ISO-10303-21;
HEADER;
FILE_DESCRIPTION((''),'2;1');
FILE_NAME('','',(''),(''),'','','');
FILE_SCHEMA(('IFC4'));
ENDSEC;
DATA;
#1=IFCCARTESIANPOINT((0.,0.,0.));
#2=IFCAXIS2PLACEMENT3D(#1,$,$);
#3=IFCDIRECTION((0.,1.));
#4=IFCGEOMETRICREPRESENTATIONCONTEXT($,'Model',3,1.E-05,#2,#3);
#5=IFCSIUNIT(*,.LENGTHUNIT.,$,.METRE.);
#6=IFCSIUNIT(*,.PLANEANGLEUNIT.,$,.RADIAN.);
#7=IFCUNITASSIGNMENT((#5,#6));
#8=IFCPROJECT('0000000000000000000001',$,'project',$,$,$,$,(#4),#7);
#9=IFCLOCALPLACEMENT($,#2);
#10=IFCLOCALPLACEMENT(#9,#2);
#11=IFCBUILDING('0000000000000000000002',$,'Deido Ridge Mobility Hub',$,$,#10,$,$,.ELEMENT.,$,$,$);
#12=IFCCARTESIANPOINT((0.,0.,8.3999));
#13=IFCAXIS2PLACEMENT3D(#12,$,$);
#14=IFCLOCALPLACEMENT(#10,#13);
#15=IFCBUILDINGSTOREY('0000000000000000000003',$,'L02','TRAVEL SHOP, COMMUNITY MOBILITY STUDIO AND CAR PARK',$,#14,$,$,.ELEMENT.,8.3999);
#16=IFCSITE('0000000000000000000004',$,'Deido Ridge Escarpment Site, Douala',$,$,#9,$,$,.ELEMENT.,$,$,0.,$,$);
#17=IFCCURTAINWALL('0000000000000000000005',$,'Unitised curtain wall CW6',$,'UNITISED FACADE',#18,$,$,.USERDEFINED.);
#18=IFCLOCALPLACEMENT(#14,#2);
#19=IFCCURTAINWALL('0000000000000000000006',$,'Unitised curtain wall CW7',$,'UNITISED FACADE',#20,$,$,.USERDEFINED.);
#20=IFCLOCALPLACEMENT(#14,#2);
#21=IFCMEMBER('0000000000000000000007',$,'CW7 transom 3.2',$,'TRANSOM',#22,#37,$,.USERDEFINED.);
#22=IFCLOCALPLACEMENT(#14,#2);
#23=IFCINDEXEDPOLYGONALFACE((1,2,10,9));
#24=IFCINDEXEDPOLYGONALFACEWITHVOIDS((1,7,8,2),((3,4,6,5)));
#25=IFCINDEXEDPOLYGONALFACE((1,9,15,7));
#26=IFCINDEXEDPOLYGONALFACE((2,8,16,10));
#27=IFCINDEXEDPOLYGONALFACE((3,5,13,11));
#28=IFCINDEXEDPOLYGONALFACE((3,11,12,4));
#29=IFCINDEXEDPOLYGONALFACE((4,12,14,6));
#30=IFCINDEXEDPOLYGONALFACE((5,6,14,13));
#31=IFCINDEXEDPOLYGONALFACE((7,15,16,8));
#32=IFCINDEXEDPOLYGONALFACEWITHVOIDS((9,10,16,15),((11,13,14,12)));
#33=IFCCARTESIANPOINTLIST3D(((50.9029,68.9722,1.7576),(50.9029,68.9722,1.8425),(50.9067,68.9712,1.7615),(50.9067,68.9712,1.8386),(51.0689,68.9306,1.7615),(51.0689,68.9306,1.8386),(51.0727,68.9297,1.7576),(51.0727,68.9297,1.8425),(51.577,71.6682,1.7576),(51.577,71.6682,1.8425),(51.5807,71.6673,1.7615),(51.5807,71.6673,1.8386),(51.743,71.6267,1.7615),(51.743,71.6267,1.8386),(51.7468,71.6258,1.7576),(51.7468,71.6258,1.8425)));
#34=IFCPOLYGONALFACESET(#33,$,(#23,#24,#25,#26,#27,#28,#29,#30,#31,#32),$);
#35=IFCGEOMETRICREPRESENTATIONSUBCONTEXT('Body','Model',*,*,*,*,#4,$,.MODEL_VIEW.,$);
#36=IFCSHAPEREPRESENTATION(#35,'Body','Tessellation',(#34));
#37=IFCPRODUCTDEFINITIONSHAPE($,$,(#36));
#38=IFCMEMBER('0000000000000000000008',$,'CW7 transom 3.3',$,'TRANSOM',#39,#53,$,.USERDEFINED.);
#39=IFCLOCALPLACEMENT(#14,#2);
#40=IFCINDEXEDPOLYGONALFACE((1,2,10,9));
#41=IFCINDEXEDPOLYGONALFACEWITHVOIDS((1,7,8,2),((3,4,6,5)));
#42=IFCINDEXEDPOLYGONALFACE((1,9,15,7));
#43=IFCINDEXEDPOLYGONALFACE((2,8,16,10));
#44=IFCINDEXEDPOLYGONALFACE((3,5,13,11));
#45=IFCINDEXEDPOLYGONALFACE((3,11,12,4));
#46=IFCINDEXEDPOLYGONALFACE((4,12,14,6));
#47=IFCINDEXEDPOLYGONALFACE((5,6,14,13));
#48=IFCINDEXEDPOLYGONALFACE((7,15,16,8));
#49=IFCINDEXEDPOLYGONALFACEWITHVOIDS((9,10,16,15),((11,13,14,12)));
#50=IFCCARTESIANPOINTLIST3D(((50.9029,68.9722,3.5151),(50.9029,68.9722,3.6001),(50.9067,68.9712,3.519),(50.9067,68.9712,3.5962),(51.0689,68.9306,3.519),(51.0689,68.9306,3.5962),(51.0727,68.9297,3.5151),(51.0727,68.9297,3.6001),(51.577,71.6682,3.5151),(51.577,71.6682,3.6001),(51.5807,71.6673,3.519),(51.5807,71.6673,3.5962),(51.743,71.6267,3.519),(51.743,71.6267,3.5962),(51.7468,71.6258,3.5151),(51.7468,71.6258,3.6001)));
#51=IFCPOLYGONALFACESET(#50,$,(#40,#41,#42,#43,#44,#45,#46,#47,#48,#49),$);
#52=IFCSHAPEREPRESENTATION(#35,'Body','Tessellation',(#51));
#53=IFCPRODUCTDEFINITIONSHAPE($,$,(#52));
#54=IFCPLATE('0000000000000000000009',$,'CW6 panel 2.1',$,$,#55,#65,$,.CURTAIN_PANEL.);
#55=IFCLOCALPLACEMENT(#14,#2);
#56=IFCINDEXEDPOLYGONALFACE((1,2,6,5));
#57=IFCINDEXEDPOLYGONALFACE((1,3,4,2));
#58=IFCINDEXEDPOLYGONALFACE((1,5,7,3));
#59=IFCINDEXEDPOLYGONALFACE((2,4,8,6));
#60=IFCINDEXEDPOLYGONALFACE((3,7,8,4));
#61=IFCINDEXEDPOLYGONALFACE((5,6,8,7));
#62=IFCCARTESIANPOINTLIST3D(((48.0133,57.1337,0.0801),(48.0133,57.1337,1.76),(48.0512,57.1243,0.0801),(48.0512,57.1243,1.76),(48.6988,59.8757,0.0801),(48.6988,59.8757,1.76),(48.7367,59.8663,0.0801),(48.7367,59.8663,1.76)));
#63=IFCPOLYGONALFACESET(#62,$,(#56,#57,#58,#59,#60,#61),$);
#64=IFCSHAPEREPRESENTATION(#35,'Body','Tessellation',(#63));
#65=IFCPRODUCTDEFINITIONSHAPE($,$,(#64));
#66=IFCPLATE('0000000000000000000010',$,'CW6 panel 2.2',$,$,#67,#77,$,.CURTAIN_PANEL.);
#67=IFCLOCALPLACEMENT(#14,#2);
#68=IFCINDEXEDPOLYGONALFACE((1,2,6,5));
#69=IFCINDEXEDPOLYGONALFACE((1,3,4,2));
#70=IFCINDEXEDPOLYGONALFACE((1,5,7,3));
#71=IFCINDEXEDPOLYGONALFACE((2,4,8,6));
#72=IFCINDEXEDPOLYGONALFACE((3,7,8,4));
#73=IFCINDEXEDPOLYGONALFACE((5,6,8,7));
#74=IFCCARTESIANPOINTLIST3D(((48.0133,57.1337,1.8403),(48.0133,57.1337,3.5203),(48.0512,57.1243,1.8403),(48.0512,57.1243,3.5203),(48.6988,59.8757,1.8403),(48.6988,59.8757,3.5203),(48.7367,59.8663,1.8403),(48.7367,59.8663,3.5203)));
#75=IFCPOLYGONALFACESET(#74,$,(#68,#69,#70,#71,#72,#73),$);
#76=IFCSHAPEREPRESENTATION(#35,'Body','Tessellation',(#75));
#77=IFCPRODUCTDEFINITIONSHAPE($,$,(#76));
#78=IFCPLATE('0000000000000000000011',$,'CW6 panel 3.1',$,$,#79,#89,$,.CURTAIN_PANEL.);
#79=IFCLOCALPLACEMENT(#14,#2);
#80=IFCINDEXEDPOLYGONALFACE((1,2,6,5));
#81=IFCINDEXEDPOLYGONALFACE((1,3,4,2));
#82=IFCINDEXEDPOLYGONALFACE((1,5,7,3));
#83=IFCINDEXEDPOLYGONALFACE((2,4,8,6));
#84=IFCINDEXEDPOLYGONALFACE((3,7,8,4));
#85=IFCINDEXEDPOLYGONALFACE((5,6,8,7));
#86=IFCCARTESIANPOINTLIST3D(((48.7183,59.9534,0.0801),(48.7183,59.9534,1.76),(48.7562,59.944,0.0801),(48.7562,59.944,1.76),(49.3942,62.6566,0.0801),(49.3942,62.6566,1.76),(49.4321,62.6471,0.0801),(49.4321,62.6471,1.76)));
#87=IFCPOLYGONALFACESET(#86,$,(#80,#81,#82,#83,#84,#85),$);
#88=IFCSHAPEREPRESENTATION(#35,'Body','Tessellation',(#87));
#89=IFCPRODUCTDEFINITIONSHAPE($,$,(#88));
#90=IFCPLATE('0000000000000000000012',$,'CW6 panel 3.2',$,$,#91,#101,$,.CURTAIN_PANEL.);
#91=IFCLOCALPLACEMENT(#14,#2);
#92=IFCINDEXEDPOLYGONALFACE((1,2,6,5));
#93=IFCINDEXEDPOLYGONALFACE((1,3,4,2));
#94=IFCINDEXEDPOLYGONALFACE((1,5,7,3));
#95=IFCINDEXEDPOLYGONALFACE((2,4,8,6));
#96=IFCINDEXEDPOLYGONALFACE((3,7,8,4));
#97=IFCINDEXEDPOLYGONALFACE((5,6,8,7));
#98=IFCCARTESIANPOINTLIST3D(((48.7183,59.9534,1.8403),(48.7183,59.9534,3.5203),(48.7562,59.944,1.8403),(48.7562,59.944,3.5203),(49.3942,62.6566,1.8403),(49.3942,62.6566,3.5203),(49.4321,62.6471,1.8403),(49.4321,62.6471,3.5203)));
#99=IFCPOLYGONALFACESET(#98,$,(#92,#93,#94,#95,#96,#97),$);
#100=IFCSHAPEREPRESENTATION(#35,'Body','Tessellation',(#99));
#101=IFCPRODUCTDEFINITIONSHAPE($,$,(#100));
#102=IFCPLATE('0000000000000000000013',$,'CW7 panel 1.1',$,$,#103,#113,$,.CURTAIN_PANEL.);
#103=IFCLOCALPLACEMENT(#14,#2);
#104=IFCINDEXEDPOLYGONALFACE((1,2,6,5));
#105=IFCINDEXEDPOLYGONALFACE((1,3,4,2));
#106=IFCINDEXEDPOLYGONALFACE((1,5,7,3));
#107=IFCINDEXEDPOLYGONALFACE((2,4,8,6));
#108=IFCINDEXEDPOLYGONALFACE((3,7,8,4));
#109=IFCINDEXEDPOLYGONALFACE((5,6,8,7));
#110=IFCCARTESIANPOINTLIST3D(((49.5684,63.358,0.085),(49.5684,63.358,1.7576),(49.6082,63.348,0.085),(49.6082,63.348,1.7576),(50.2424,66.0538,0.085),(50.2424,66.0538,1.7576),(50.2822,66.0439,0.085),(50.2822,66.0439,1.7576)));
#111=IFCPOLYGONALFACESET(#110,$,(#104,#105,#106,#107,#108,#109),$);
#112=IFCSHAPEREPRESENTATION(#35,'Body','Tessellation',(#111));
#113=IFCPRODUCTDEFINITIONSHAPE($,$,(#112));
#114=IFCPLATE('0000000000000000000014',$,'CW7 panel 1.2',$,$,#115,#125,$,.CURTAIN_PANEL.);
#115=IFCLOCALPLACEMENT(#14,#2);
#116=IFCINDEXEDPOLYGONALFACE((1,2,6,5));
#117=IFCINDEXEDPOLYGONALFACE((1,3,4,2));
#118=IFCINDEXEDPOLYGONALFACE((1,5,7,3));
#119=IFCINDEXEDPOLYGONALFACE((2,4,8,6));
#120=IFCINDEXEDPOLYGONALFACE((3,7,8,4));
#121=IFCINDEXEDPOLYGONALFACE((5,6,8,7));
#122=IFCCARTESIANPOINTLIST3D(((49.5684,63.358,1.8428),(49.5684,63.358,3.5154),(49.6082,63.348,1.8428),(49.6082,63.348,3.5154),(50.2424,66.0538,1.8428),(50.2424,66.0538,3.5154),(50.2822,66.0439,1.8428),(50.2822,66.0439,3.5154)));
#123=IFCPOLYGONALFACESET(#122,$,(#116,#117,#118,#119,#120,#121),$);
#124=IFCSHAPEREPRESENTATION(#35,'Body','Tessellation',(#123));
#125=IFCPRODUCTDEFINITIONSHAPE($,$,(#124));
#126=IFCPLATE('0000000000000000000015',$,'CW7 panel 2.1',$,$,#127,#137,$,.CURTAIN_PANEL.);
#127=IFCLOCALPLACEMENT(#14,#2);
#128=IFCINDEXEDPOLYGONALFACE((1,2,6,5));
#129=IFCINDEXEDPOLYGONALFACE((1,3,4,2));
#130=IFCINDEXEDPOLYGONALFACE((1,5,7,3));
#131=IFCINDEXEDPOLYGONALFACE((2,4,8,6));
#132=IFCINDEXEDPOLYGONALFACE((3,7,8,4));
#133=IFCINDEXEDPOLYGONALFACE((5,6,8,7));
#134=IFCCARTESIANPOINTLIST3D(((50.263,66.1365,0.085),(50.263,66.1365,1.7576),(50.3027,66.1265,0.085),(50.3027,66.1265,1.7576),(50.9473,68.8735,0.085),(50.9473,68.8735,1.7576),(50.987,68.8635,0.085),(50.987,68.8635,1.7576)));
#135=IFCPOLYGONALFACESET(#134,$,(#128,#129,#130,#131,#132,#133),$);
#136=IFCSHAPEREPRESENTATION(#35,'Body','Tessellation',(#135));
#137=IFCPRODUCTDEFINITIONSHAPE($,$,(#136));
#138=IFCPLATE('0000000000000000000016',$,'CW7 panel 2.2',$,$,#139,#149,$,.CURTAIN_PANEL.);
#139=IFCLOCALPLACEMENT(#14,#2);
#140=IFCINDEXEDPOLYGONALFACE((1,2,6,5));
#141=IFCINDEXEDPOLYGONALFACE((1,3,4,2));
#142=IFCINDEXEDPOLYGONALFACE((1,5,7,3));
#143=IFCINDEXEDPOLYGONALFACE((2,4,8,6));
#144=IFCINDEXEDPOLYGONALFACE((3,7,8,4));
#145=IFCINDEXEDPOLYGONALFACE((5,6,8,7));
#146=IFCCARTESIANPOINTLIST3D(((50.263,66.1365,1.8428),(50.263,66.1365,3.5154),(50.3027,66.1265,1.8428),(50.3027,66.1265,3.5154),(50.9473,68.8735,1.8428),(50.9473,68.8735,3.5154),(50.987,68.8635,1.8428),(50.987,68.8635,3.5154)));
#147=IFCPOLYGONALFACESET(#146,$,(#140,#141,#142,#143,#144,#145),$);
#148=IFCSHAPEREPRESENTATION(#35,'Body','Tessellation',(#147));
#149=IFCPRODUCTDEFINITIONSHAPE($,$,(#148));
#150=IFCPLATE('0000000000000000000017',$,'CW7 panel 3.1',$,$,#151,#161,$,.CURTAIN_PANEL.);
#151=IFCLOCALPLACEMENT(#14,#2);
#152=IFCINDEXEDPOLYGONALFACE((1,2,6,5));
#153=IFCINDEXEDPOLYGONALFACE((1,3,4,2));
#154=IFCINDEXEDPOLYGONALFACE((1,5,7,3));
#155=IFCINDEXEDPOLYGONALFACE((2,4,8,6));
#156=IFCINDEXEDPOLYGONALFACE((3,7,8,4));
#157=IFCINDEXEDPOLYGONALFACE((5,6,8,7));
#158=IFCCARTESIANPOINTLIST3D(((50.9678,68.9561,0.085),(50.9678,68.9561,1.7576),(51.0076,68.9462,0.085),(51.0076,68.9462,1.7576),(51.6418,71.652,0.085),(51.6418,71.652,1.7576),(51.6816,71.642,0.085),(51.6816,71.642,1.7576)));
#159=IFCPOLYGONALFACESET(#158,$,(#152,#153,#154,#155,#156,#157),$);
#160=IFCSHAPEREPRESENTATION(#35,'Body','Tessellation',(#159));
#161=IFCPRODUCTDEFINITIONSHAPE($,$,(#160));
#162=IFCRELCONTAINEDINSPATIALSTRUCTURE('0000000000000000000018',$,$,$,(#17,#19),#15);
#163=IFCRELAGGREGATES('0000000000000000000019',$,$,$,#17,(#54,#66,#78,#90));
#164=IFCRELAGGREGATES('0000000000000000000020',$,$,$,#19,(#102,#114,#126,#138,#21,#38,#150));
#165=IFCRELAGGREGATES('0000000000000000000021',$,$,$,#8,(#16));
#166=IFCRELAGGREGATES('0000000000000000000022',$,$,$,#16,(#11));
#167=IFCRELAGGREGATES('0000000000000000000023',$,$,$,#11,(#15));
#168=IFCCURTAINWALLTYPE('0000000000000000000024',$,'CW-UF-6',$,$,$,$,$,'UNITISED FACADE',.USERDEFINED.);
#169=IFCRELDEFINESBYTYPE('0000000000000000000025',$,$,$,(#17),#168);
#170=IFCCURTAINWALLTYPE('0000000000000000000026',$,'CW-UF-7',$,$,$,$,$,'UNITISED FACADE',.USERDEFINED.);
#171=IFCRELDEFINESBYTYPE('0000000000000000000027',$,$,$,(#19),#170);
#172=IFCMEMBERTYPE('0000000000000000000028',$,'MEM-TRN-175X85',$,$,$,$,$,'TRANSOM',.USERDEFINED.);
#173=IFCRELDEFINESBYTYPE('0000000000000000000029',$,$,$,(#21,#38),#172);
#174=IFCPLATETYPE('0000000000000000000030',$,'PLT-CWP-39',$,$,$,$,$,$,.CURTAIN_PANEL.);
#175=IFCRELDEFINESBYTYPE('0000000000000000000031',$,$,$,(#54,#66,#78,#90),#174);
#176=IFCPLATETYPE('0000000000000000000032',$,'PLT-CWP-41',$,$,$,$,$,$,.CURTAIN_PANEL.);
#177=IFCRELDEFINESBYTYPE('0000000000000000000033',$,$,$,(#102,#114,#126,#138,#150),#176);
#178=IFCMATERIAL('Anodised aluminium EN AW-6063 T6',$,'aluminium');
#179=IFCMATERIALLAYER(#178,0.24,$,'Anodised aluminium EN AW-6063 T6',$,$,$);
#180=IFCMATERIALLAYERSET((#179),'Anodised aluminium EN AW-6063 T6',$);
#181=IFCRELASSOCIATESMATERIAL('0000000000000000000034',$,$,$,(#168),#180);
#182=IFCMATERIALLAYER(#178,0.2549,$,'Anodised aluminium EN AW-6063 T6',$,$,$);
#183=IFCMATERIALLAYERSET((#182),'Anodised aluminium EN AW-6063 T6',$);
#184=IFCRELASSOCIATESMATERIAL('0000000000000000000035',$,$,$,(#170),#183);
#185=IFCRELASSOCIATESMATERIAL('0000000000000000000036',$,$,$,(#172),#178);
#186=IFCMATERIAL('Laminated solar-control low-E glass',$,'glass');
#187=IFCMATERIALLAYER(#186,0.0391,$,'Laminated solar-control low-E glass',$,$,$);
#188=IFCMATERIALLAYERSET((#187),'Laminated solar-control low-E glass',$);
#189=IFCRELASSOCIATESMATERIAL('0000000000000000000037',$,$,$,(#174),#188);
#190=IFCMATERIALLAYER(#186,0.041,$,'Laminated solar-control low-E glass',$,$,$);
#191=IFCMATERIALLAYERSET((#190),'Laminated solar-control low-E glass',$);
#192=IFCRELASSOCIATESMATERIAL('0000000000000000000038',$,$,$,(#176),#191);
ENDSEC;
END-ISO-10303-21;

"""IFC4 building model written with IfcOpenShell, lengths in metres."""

from ifc_helpers import new_model, si_unit, direction, frame, origin, origin_2d, place, context, subcontext, project, spatial, rectangle, hollow_rectangle, extrude, material, layer, layer_set, material_profile, profile_set, type_object, element, aggregate, save


model = new_model("IFC4")

# Units and contexts
model_context = context("Model", 3, precision=1e-05, world=origin(), true_north=direction((0.0, 1.0)))
body_context = subcontext(model_context, "Body", "Model", "MODEL_VIEW")
ifc_project = project(units=[si_unit("LENGTHUNIT", "METRE"), si_unit("PLANEANGLEUNIT", "RADIAN")], contexts=[model_context])

# Site, building, storey
site_placement = place(None, origin())
site = spatial("IfcSite", under=ifc_project, at=site_placement, Name="Deido Ridge Escarpment Site, Douala", CompositionType="ELEMENT", RefElevation=0.0)
building_placement = place(site_placement, origin())
building = spatial("IfcBuilding", under=site, at=building_placement, Name="Deido Ridge Mobility Hub", CompositionType="ELEMENT")
storey_placement = place(building_placement, frame((0.0, 0.0, 8.3999)))
storey = spatial("IfcBuildingStorey", under=building, at=storey_placement, Name="L02", Description="TRAVEL SHOP, COMMUNITY MOBILITY STUDIO AND CAR PARK", CompositionType="ELEMENT", Elevation=8.3999)

# Curtain walls
ifc_material_1 = material(Name="Anodised aluminium EN AW-6063 T6", Category="aluminium")
ifc_layer_1 = layer(ifc_material_1, 0.24, Name="Anodised aluminium EN AW-6063 T6")
ifc_layer_set_1 = layer_set([ifc_layer_1], Name="Anodised aluminium EN AW-6063 T6")
curtain_wall_type_1 = type_object("IfcCurtainWallType", Name="CW-UF-6", ElementType="UNITISED FACADE", PredefinedType="USERDEFINED", material=ifc_layer_set_1)
curtain_wall_1_placement = place(storey_placement, origin())
curtain_wall_1 = element("IfcCurtainWall", 1, at=curtain_wall_1_placement, inside=storey, type_object=curtain_wall_type_1, Name="Unitised curtain wall CW6", ObjectType="UNITISED FACADE", PredefinedType="USERDEFINED")
ifc_layer_2 = layer(ifc_material_1, 0.2549, Name="Anodised aluminium EN AW-6063 T6")
ifc_layer_set_2 = layer_set([ifc_layer_2], Name="Anodised aluminium EN AW-6063 T6")
curtain_wall_type_2 = type_object("IfcCurtainWallType", Name="CW-UF-7", ElementType="UNITISED FACADE", PredefinedType="USERDEFINED", material=ifc_layer_set_2)
curtain_wall_2_placement = place(storey_placement, origin())
curtain_wall_2 = element("IfcCurtainWall", 2, at=curtain_wall_2_placement, inside=storey, type_object=curtain_wall_type_2, Name="Unitised curtain wall CW7", ObjectType="UNITISED FACADE", PredefinedType="USERDEFINED")

# Members
ifc_material_profile_1 = material_profile(ifc_material_1, hollow_rectangle(XDim=0.175, YDim=0.085, WallThickness=0.0039, at=origin_2d()), Name="RHS 175x85x4")
ifc_profile_set_1 = profile_set([ifc_material_profile_1], Name="Anodised aluminium EN AW-6063 T6")
member_type_1 = type_object("IfcMemberType", Name="MEM-TRN-175X85", ElementType="TRANSOM", PredefinedType="USERDEFINED", material=ifc_profile_set_1)
member_1_placement = place(storey_placement, frame((50.9878, 68.9509, 1.8), z_axis=(0.242556, 0.970137, 0.0), x_axis=(-0.970137, 0.242556, 0.0)))
member_1 = element("IfcMember", 3, at=member_1_placement, type_object=member_type_1, Name="CW7 transom 3.2", ObjectType="TRANSOM", PredefinedType="USERDEFINED", context=body_context, shape_type="SweptSolid", body=[
    extrude(hollow_rectangle(XDim=0.175, YDim=0.085, WallThickness=0.0039, at=origin_2d()), origin(), (0.0, 0.0, 1.0), 2.7791),
])
member_2_placement = place(storey_placement, frame((50.9878, 68.9509, 3.5576), z_axis=(0.242556, 0.970137, 0.0), x_axis=(-0.970137, 0.242556, 0.0)))
member_2 = element("IfcMember", 4, at=member_2_placement, type_object=member_type_1, Name="CW7 transom 3.3", ObjectType="TRANSOM", PredefinedType="USERDEFINED", context=body_context, shape_type="SweptSolid", body=[
    extrude(hollow_rectangle(XDim=0.175, YDim=0.085, WallThickness=0.0039, at=origin_2d()), origin(), (0.0, 0.0, 1.0), 2.7791),
])

# Plates
ifc_material_2 = material(Name="Laminated solar-control low-E glass", Category="glass")
ifc_layer_3 = layer(ifc_material_2, 0.0391, Name="Laminated solar-control low-E glass")
ifc_layer_set_3 = layer_set([ifc_layer_3], Name="Laminated solar-control low-E glass")
plate_type_1 = type_object("IfcPlateType", Name="PLT-CWP-39", PredefinedType="CURTAIN_PANEL", material=ifc_layer_set_3)
plate_1_placement = place(storey_placement, frame((48.375, 58.5, 0.0801), z_axis=(0.0, 0.0, 1.0), x_axis=(0.242546, 0.97014, 0.0)))
plate_1 = element("IfcPlate", 5, at=plate_1_placement, type_object=plate_type_1, Name="CW6 panel 2.1", PredefinedType="CURTAIN_PANEL", context=body_context, shape_type="SweptSolid", body=[
    extrude(rectangle(XDim=2.8264, YDim=0.0391, at=origin_2d()), origin(), (0.0, 0.0, 1.0), 1.6799),
])
plate_2_placement = place(storey_placement, frame((48.375, 58.5, 1.8403), z_axis=(0.0, 0.0, 1.0), x_axis=(0.242546, 0.97014, 0.0)))
plate_2 = element("IfcPlate", 6, at=plate_2_placement, type_object=plate_type_1, Name="CW6 panel 2.2", PredefinedType="CURTAIN_PANEL", context=body_context, shape_type="SweptSolid", body=[
    extrude(rectangle(XDim=2.8264, YDim=0.0391, at=origin_2d()), origin(), (0.0, 0.0, 1.0), 1.6799),
])
plate_3_placement = place(storey_placement, frame((49.0752, 61.3003, 0.0801), z_axis=(0.0, 0.0, 1.0), x_axis=(0.242546, 0.97014, 0.0)))
plate_3 = element("IfcPlate", 7, at=plate_3_placement, type_object=plate_type_1, Name="CW6 panel 3.1", PredefinedType="CURTAIN_PANEL", context=body_context, shape_type="SweptSolid", body=[
    extrude(rectangle(XDim=2.7864, YDim=0.0391, at=origin_2d()), origin(), (0.0, 0.0, 1.0), 1.6799),
])
plate_4_placement = place(storey_placement, frame((49.0752, 61.3003, 1.8403), z_axis=(0.0, 0.0, 1.0), x_axis=(0.242546, 0.97014, 0.0)))
plate_4 = element("IfcPlate", 8, at=plate_4_placement, type_object=plate_type_1, Name="CW6 panel 3.2", PredefinedType="CURTAIN_PANEL", context=body_context, shape_type="SweptSolid", body=[
    extrude(rectangle(XDim=2.7864, YDim=0.0391, at=origin_2d()), origin(), (0.0, 0.0, 1.0), 1.6799),
])
aggregate(curtain_wall_1, [plate_1, plate_2, plate_3, plate_4])
ifc_layer_4 = layer(ifc_material_2, 0.041, Name="Laminated solar-control low-E glass")
ifc_layer_set_4 = layer_set([ifc_layer_4], Name="Laminated solar-control low-E glass")
plate_type_2 = type_object("IfcPlateType", Name="PLT-CWP-41", PredefinedType="CURTAIN_PANEL", material=ifc_layer_set_4)
plate_5_placement = place(storey_placement, frame((49.9253, 64.7009, 0.085), z_axis=(0.0, 0.0, 1.0), x_axis=(0.242546, 0.97014, 0.0)))
plate_5 = element("IfcPlate", 9, at=plate_5_placement, type_object=plate_type_2, Name="CW7 panel 1.1", PredefinedType="CURTAIN_PANEL", context=body_context, shape_type="SweptSolid", body=[
    extrude(rectangle(XDim=2.7788, YDim=0.041, at=origin_2d()), origin(), (0.0, 0.0, 1.0), 1.6726),
])
plate_6_placement = place(storey_placement, frame((49.9253, 64.7009, 1.8428), z_axis=(0.0, 0.0, 1.0), x_axis=(0.242546, 0.97014, 0.0)))
plate_6 = element("IfcPlate", 10, at=plate_6_placement, type_object=plate_type_2, Name="CW7 panel 1.2", PredefinedType="CURTAIN_PANEL", context=body_context, shape_type="SweptSolid", body=[
    extrude(rectangle(XDim=2.7788, YDim=0.041, at=origin_2d()), origin(), (0.0, 0.0, 1.0), 1.6726),
])
plate_7_placement = place(storey_placement, frame((50.625, 67.5, 0.085), z_axis=(0.0, 0.0, 1.0), x_axis=(0.242546, 0.97014, 0.0)))
plate_7 = element("IfcPlate", 11, at=plate_7_placement, type_object=plate_type_2, Name="CW7 panel 2.1", PredefinedType="CURTAIN_PANEL", context=body_context, shape_type="SweptSolid", body=[
    extrude(rectangle(XDim=2.8213, YDim=0.041, at=origin_2d()), origin(), (0.0, 0.0, 1.0), 1.6726),
])
plate_8_placement = place(storey_placement, frame((50.625, 67.5, 1.8428), z_axis=(0.0, 0.0, 1.0), x_axis=(0.242546, 0.97014, 0.0)))
plate_8 = element("IfcPlate", 12, at=plate_8_placement, type_object=plate_type_2, Name="CW7 panel 2.2", PredefinedType="CURTAIN_PANEL", context=body_context, shape_type="SweptSolid", body=[
    extrude(rectangle(XDim=2.8213, YDim=0.041, at=origin_2d()), origin(), (0.0, 0.0, 1.0), 1.6726),
])
plate_9_placement = place(storey_placement, frame((51.3247, 70.2991, 0.085), z_axis=(0.0, 0.0, 1.0), x_axis=(0.242546, 0.97014, 0.0)))
plate_9 = element("IfcPlate", 13, at=plate_9_placement, type_object=plate_type_2, Name="CW7 panel 3.1", PredefinedType="CURTAIN_PANEL", context=body_context, shape_type="SweptSolid", body=[
    extrude(rectangle(XDim=2.7788, YDim=0.041, at=origin_2d()), origin(), (0.0, 0.0, 1.0), 1.6726),
])
aggregate(curtain_wall_2, [plate_5, plate_6, plate_7, plate_8, member_1, member_2, plate_9])

save(model, "model.ifc")
